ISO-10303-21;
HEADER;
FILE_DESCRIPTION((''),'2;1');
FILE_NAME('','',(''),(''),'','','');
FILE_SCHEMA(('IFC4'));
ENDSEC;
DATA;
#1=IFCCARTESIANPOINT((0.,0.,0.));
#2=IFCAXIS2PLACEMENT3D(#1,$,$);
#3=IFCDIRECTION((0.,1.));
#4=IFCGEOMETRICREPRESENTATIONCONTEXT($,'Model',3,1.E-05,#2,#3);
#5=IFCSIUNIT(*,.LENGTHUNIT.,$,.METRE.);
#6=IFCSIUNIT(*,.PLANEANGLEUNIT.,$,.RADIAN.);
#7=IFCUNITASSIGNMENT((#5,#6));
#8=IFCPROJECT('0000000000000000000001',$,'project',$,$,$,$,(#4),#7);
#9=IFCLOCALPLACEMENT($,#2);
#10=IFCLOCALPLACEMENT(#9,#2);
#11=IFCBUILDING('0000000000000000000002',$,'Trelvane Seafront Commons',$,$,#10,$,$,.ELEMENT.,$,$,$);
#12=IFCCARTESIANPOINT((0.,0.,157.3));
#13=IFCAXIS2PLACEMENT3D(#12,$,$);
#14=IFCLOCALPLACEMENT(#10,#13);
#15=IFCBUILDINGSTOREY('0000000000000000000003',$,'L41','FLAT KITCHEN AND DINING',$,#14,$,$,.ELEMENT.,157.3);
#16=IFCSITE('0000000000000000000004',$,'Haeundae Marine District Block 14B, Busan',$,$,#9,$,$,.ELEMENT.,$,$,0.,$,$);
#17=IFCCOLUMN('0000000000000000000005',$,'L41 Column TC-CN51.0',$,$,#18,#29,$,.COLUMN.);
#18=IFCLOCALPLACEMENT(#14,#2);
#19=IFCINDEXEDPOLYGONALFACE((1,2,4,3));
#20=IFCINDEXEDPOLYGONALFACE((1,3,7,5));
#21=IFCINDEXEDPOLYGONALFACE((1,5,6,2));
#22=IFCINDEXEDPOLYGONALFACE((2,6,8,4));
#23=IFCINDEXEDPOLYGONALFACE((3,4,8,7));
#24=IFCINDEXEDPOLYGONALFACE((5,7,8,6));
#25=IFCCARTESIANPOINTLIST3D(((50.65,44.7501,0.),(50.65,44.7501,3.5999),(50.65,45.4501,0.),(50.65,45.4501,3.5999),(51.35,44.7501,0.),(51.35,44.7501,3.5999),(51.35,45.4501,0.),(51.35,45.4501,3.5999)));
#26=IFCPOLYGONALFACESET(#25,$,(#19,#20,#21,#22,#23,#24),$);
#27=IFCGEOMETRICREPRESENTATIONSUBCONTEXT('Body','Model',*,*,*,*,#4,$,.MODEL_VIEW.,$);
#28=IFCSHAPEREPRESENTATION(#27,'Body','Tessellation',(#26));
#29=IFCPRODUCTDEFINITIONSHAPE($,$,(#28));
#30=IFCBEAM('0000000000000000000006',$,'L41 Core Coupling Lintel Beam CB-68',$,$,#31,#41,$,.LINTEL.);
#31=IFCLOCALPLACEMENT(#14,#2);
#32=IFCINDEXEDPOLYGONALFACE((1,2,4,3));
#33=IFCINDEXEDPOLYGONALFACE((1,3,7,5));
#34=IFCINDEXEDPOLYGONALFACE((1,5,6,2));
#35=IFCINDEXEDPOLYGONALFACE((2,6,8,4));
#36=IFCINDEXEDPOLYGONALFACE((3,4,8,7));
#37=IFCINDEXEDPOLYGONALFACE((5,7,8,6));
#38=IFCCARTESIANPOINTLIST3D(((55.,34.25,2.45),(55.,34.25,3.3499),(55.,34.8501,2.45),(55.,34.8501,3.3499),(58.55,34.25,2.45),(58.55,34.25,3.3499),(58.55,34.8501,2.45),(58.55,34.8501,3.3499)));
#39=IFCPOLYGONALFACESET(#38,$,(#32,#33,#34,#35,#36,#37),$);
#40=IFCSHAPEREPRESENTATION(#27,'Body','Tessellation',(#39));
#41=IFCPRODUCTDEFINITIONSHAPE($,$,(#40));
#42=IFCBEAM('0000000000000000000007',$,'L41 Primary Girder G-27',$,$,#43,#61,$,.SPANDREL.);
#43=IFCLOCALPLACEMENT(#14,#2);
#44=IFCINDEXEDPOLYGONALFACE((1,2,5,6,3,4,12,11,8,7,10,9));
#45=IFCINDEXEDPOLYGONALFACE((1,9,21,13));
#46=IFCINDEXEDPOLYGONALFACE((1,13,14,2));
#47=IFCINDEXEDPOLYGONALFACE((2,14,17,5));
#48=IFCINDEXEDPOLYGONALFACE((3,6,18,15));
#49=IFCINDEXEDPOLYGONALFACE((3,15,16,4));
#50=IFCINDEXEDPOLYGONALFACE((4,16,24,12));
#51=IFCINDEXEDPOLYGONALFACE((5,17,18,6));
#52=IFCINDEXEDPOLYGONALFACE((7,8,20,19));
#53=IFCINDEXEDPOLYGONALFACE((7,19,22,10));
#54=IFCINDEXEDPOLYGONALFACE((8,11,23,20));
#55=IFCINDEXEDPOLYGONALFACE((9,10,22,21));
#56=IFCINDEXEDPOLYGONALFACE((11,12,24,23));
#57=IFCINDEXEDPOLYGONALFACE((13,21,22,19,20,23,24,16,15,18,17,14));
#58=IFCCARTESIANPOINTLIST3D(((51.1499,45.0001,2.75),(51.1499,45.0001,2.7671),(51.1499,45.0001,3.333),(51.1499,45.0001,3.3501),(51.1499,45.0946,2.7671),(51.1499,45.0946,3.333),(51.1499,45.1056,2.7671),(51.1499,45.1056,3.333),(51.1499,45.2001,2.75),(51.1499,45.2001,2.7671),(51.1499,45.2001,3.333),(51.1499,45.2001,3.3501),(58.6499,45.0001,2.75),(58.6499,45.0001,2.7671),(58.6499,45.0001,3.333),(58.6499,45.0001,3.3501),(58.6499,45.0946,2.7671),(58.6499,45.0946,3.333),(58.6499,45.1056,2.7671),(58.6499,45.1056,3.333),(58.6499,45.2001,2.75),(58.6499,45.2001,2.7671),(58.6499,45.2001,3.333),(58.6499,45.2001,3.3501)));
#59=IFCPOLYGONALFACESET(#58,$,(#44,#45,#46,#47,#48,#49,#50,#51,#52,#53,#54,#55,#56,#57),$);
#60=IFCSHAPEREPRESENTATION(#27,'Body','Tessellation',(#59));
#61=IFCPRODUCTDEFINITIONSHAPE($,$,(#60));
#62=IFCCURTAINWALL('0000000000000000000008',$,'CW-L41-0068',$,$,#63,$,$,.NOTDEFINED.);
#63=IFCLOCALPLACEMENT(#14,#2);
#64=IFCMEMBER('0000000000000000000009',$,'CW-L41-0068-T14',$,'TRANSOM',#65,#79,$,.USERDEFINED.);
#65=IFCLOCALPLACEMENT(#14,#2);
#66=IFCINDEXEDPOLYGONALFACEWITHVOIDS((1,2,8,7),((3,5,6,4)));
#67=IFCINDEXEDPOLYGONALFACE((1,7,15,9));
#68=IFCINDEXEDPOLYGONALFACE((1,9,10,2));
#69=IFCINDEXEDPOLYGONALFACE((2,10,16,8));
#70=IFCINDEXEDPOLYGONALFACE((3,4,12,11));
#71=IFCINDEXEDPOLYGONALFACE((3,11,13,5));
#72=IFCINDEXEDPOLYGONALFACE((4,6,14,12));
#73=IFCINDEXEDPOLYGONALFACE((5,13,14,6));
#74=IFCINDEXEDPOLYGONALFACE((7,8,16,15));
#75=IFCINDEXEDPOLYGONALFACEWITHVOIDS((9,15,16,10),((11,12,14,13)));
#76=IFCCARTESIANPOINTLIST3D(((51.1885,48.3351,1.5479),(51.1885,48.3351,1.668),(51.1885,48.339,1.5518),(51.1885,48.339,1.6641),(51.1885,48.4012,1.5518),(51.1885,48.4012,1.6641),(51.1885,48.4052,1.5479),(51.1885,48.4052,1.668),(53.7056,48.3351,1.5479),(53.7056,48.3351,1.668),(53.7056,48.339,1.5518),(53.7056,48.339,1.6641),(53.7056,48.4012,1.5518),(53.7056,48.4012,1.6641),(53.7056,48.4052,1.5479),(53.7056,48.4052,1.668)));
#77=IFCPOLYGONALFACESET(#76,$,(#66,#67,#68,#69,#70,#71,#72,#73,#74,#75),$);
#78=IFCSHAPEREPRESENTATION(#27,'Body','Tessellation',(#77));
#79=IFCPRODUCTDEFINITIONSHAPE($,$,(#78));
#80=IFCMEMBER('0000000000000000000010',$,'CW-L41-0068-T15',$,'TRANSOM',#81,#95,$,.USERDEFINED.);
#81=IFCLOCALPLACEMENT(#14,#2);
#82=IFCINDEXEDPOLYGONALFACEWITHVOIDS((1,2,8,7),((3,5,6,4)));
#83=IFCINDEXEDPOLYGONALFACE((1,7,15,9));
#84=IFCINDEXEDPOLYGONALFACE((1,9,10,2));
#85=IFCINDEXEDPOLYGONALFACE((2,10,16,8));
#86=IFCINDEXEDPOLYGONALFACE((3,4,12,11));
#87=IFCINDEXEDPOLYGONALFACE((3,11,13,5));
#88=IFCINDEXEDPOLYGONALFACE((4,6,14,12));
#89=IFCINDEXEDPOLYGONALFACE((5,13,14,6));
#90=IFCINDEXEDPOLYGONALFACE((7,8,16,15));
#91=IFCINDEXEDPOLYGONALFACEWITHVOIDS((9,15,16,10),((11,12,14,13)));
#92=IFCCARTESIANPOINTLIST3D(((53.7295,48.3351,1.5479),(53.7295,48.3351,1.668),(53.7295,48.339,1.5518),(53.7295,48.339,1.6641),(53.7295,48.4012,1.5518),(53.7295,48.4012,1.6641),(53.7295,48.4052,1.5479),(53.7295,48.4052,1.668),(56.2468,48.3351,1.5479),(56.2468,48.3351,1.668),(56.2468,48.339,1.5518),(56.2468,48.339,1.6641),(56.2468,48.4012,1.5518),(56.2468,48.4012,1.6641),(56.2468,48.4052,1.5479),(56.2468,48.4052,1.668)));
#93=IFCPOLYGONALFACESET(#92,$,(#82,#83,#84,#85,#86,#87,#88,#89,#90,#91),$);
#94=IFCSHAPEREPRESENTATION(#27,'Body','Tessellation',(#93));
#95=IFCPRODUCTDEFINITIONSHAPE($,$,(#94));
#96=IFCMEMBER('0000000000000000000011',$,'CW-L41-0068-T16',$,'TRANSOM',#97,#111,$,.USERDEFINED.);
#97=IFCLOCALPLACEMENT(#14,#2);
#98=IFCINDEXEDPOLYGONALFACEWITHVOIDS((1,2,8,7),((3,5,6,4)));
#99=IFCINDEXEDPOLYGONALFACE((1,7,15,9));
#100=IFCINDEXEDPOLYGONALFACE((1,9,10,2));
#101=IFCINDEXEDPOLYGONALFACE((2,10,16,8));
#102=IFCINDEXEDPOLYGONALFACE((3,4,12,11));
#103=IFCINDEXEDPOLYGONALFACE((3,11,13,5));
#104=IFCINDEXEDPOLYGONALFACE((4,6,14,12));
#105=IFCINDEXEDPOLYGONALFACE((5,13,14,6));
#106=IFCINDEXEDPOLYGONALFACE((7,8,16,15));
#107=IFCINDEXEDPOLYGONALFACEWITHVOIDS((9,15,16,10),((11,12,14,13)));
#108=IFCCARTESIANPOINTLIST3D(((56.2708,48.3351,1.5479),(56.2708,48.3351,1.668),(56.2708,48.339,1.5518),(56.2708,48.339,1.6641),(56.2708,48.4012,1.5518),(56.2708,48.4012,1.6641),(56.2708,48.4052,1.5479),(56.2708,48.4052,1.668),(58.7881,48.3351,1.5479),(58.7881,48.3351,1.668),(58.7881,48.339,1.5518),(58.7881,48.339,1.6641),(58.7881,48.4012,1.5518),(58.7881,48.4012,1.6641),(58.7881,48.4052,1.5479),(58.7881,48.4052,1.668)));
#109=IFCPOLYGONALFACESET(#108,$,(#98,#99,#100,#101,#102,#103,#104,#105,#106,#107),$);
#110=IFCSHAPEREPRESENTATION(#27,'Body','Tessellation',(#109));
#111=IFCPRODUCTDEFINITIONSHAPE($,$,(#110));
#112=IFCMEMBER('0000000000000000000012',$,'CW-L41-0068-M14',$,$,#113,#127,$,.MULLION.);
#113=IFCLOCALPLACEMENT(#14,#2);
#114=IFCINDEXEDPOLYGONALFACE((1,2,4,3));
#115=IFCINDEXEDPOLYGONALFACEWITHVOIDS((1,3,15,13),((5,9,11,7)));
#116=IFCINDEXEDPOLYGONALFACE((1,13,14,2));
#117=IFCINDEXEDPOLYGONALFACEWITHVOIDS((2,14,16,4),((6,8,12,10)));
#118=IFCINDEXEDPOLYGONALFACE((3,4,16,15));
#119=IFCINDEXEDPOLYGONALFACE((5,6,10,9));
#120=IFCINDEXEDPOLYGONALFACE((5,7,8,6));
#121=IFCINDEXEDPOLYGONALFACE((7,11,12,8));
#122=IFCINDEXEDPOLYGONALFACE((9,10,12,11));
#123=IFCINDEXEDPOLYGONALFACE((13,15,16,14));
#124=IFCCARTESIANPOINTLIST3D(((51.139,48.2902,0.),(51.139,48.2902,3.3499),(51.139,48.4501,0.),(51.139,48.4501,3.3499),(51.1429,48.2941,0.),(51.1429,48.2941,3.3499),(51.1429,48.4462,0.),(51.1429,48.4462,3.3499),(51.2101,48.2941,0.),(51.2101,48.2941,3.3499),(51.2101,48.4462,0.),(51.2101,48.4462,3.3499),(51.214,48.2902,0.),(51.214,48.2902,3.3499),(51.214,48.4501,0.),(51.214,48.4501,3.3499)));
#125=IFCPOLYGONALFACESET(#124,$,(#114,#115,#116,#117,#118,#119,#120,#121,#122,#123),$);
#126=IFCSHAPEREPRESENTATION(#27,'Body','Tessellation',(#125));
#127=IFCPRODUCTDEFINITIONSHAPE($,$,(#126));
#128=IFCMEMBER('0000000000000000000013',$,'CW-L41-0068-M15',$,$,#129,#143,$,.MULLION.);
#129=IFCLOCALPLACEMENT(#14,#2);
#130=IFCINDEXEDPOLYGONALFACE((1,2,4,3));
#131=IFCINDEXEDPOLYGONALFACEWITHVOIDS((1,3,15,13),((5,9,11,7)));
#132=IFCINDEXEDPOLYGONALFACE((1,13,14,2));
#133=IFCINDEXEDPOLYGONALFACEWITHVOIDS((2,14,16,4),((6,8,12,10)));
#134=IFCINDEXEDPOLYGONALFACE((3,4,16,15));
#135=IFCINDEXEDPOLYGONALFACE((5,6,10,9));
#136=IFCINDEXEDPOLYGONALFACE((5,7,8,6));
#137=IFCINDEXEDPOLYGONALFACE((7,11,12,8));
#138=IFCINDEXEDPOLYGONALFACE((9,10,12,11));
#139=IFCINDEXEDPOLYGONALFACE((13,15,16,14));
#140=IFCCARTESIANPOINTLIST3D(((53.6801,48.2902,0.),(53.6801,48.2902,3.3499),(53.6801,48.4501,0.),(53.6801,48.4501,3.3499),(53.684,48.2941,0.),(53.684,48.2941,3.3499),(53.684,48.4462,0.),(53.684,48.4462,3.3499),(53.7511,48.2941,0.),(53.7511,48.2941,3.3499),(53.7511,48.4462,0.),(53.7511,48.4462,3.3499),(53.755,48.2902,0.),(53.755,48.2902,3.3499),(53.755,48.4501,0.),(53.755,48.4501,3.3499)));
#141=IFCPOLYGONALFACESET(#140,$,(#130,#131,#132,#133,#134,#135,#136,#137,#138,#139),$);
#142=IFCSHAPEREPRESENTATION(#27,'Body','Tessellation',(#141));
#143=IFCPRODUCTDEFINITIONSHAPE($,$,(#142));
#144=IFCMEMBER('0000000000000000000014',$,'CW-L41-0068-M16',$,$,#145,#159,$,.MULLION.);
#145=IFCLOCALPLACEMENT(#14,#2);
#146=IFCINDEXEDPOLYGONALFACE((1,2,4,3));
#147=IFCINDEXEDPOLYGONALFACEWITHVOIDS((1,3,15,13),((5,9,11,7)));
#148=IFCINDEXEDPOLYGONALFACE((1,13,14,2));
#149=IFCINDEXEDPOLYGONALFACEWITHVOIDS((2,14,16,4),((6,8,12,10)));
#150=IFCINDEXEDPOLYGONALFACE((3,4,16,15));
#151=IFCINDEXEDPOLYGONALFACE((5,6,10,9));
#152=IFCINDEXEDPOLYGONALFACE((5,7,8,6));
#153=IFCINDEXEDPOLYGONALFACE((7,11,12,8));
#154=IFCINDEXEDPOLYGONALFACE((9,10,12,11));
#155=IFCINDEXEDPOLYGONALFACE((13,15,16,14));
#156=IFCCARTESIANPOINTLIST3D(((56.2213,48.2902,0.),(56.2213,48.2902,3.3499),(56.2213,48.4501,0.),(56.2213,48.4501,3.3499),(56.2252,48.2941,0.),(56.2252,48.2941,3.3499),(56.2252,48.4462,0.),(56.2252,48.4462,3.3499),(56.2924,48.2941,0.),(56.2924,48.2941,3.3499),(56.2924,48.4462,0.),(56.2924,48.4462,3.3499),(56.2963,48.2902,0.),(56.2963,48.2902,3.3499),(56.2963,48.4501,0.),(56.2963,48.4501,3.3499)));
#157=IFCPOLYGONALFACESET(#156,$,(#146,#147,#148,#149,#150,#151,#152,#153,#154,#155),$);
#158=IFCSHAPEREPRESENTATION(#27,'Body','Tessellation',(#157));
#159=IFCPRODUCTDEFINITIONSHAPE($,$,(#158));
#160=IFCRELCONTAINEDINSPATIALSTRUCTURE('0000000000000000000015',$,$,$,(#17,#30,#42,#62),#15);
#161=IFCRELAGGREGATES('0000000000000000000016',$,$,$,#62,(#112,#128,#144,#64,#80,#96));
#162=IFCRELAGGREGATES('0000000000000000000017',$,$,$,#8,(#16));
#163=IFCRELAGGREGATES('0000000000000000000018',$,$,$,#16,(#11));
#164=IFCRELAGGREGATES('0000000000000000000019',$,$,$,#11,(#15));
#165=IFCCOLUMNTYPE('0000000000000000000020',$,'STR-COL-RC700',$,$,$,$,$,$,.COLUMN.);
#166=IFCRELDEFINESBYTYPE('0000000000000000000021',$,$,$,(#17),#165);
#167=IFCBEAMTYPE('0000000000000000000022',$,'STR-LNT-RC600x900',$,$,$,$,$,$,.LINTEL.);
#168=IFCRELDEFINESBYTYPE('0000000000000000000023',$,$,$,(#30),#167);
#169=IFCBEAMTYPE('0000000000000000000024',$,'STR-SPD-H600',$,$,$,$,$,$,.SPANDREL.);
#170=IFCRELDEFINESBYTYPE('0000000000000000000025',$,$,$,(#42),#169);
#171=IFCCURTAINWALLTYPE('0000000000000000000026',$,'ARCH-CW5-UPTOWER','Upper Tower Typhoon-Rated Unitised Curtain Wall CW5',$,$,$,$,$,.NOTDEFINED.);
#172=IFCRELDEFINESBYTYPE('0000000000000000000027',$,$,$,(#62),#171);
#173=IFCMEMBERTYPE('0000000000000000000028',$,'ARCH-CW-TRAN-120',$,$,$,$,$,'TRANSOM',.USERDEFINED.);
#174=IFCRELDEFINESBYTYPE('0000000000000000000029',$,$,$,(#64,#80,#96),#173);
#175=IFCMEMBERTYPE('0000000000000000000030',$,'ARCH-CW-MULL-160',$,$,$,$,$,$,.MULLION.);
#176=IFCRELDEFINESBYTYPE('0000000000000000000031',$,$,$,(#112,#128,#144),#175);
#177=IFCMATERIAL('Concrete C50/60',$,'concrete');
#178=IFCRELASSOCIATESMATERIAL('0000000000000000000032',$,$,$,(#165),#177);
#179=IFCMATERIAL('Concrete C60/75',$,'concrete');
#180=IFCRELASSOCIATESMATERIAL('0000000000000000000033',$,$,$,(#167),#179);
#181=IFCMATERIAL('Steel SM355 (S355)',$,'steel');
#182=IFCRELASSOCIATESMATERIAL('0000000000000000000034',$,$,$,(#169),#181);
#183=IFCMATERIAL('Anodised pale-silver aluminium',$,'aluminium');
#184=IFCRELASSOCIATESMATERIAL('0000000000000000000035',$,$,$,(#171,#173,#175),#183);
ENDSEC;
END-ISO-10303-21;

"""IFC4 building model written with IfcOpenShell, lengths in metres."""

from ifc_helpers import new_model, si_unit, direction, frame, origin, origin_2d, place, context, subcontext, project, spatial, rectangle, hollow_rectangle, i_section, extrude, source, transform, mapped, material, material_profile, profile_set, type_object, element, aggregate, save


model = new_model("IFC4")

# Units and contexts
model_context = context("Model", 3, precision=1e-05, world=origin(), true_north=direction((0.0, 1.0)))
body_context = subcontext(model_context, "Body", "Model", "MODEL_VIEW")
ifc_project = project(units=[si_unit("LENGTHUNIT", "METRE"), si_unit("PLANEANGLEUNIT", "RADIAN")], contexts=[model_context])

# Site, building, storey
site_placement = place(None, origin())
site = spatial("IfcSite", under=ifc_project, at=site_placement, Name="Haeundae Marine District Block 14B, Busan", CompositionType="ELEMENT", RefElevation=0.0)
building_placement = place(site_placement, origin())
building = spatial("IfcBuilding", under=site, at=building_placement, Name="Trelvane Seafront Commons", CompositionType="ELEMENT")
storey_placement = place(building_placement, frame((0.0, 0.0, 157.3)))
storey = spatial("IfcBuildingStorey", under=building, at=storey_placement, Name="L41", Description="FLAT KITCHEN AND DINING", CompositionType="ELEMENT", Elevation=157.3)

# Column
ifc_material_1 = material(Name="Concrete C50/60", Category="concrete")
ifc_material_profile_1 = material_profile(ifc_material_1, rectangle(XDim=0.7, YDim=0.7, at=origin_2d()), Name="RC-700x700")
ifc_profile_set_1 = profile_set([ifc_material_profile_1], Name="Concrete C50/60")
column_type = type_object("IfcColumnType", Name="STR-COL-RC700", PredefinedType="COLUMN", material=ifc_profile_set_1)
shared_shape_1 = source(origin(), body_context, "Body", "SweptSolid", [
    extrude(rectangle(XDim=0.7, YDim=0.7, at=origin_2d()), origin(), (0.0, 0.0, 1.0), 3.5999),
])
column_placement = place(storey_placement, frame((51.0, 45.1001, 0.0), z_axis=(0.0, 0.0, 1.0), x_axis=(1.0, 0.0, 0.0)))
element("IfcColumn", 1, at=column_placement, inside=storey, type_object=column_type, Name="L41 Column TC-CN51.0", PredefinedType="COLUMN", context=body_context, shape_type="MappedRepresentation", body=[
    mapped(shared_shape_1, transform((0.0, 0.0, 0.0), x_axis=(1.0, 0.0, 0.0), y_axis=(0.0, 1.0, 0.0), z_axis=(0.0, 0.0, 1.0), scale=1.0)),
])

# Beams
ifc_material_2 = material(Name="Concrete C60/75", Category="concrete")
ifc_material_profile_2 = material_profile(ifc_material_2, rectangle(XDim=0.6001, YDim=0.8999, at=origin_2d()), Name="RC-600x900")
ifc_profile_set_2 = profile_set([ifc_material_profile_2], Name="Concrete C60/75")
beam_type_1 = type_object("IfcBeamType", Name="STR-LNT-RC600x900", PredefinedType="LINTEL", material=ifc_profile_set_2)
shared_shape_2 = source(origin(), body_context, "Body", "SweptSolid", [
    extrude(rectangle(XDim=0.6001, YDim=0.8999, at=origin_2d()), origin(), (0.0, 0.0, 1.0), 3.55),
])
beam_1_placement = place(storey_placement, frame((55.0, 34.55, 2.8999), z_axis=(1.0, 0.0, 0.0), x_axis=(0.0, 1.0, 0.0)))
element("IfcBeam", 2, at=beam_1_placement, inside=storey, type_object=beam_type_1, Name="L41 Core Coupling Lintel Beam CB-68", PredefinedType="LINTEL", context=body_context, shape_type="MappedRepresentation", body=[
    mapped(shared_shape_2, transform((0.0, 0.0, 0.0), x_axis=(1.0, 0.0, 0.0), y_axis=(0.0, 1.0, 0.0), z_axis=(0.0, 0.0, 1.0), scale=1.0)),
])
ifc_material_3 = material(Name="Steel SM355 (S355)", Category="steel")
ifc_material_profile_3 = material_profile(ifc_material_3, i_section(OverallWidth=0.2, OverallDepth=0.6001, WebThickness=0.011, FlangeThickness=0.0171, at=origin_2d()), Name="H-600x200x11x17")
ifc_profile_set_3 = profile_set([ifc_material_profile_3], Name="Steel SM355 (S355)")
beam_type_2 = type_object("IfcBeamType", Name="STR-SPD-H600", PredefinedType="SPANDREL", material=ifc_profile_set_3)
shared_shape_3 = source(origin(), body_context, "Body", "SweptSolid", [
    extrude(i_section(OverallWidth=0.2, OverallDepth=0.6001, WebThickness=0.011, FlangeThickness=0.0171, at=origin_2d()), origin(), (0.0, 0.0, 1.0), 7.5),
])
beam_2_placement = place(storey_placement, frame((51.1499, 45.1001, 3.05), z_axis=(1.0, 0.0, 0.0), x_axis=(0.0, 1.0, 0.0)))
element("IfcBeam", 3, at=beam_2_placement, inside=storey, type_object=beam_type_2, Name="L41 Primary Girder G-27", PredefinedType="SPANDREL", context=body_context, shape_type="MappedRepresentation", body=[
    mapped(shared_shape_3, transform((0.0, 0.0, 0.0), x_axis=(1.0, 0.0, 0.0), y_axis=(0.0, 1.0, 0.0), z_axis=(0.0, 0.0, 1.0), scale=1.0)),
])

# Curtain wall, members
ifc_material_4 = material(Name="Anodised pale-silver aluminium", Category="aluminium")
curtain_wall_type = type_object("IfcCurtainWallType", Name="ARCH-CW5-UPTOWER", Description="Upper Tower Typhoon-Rated Unitised Curtain Wall CW5", PredefinedType="NOTDEFINED", material=ifc_material_4)
curtain_wall_placement = place(storey_placement, origin())
curtain_wall = element("IfcCurtainWall", 4, at=curtain_wall_placement, inside=storey, type_object=curtain_wall_type, Name="CW-L41-0068", PredefinedType="NOTDEFINED")
ifc_material_profile_4 = material_profile(ifc_material_4, hollow_rectangle(XDim=0.0701, YDim=0.1201, WallThickness=0.0039, at=origin_2d()), Name="TRAN-70x120x4")
ifc_profile_set_4 = profile_set([ifc_material_profile_4], Name="Anodised pale-silver aluminium")
member_type_1 = type_object("IfcMemberType", Name="ARCH-CW-TRAN-120", ElementType="TRANSOM", PredefinedType="USERDEFINED", material=ifc_profile_set_4)
shared_shape_4 = source(origin(), body_context, "Body", "SweptSolid", [
    extrude(hollow_rectangle(XDim=0.0701, YDim=0.1201, WallThickness=0.0039, at=origin_2d()), origin(), (0.0, 0.0, 1.0), 2.5171),
])
member_1_placement = place(storey_placement, frame((51.1885, 48.3701, 1.6079), z_axis=(1.0, 0.0, 0.0), x_axis=(0.0, 1.0, 0.0)))
member_1 = element("IfcMember", 5, at=member_1_placement, type_object=member_type_1, Name="CW-L41-0068-T14", ObjectType="TRANSOM", PredefinedType="USERDEFINED", context=body_context, shape_type="MappedRepresentation", body=[
    mapped(shared_shape_4, transform((0.0, 0.0, 0.0), x_axis=(1.0, 0.0, 0.0), y_axis=(0.0, 1.0, 0.0), z_axis=(0.0, 0.0, 1.0), scale=1.0)),
])
shared_shape_5 = source(origin(), body_context, "Body", "SweptSolid", [
    extrude(hollow_rectangle(XDim=0.0701, YDim=0.1201, WallThickness=0.0039, at=origin_2d()), origin(), (0.0, 0.0, 1.0), 2.5173),
])
member_2_placement = place(storey_placement, frame((53.7295, 48.3701, 1.6079), z_axis=(1.0, 0.0, 0.0), x_axis=(0.0, 1.0, 0.0)))
member_2 = element("IfcMember", 6, at=member_2_placement, type_object=member_type_1, Name="CW-L41-0068-T15", ObjectType="TRANSOM", PredefinedType="USERDEFINED", context=body_context, shape_type="MappedRepresentation", body=[
    mapped(shared_shape_5, transform((0.0, 0.0, 0.0), x_axis=(1.0, 0.0, 0.0), y_axis=(0.0, 1.0, 0.0), z_axis=(0.0, 0.0, 1.0), scale=1.0)),
])
member_3_placement = place(storey_placement, frame((56.2708, 48.3701, 1.6079), z_axis=(1.0, 0.0, 0.0), x_axis=(0.0, 1.0, 0.0)))
member_3 = element("IfcMember", 7, at=member_3_placement, type_object=member_type_1, Name="CW-L41-0068-T16", ObjectType="TRANSOM", PredefinedType="USERDEFINED", context=body_context, shape_type="MappedRepresentation", body=[
    mapped(shared_shape_5, transform((0.0, 0.0, 0.0), x_axis=(1.0, 0.0, 0.0), y_axis=(0.0, 1.0, 0.0), z_axis=(0.0, 0.0, 1.0), scale=1.0)),
])
ifc_material_profile_5 = material_profile(ifc_material_4, hollow_rectangle(XDim=0.075, YDim=0.1599, WallThickness=0.0039, at=origin_2d()), Name="MULL-75x160x4")
ifc_profile_set_5 = profile_set([ifc_material_profile_5], Name="Anodised pale-silver aluminium")
member_type_2 = type_object("IfcMemberType", Name="ARCH-CW-MULL-160", PredefinedType="MULLION", material=ifc_profile_set_5)
shared_shape_6 = source(origin(), body_context, "Body", "SweptSolid", [
    extrude(hollow_rectangle(XDim=0.075, YDim=0.1599, WallThickness=0.0039, at=origin_2d()), origin(), (0.0, 0.0, 1.0), 3.3499),
])
member_4_placement = place(storey_placement, frame((51.1765, 48.3701, 0.0), z_axis=(0.0, 0.0, 1.0), x_axis=(1.0, 0.0, 0.0)))
member_4 = element("IfcMember", 8, at=member_4_placement, type_object=member_type_2, Name="CW-L41-0068-M14", PredefinedType="MULLION", context=body_context, shape_type="MappedRepresentation", body=[
    mapped(shared_shape_6, transform((0.0, 0.0, 0.0), x_axis=(1.0, 0.0, 0.0), y_axis=(0.0, 1.0, 0.0), z_axis=(0.0, 0.0, 1.0), scale=1.0)),
])
member_5_placement = place(storey_placement, frame((53.7175, 48.3701, 0.0), z_axis=(0.0, 0.0, 1.0), x_axis=(1.0, 0.0, 0.0)))
member_5 = element("IfcMember", 9, at=member_5_placement, type_object=member_type_2, Name="CW-L41-0068-M15", PredefinedType="MULLION", context=body_context, shape_type="MappedRepresentation", body=[
    mapped(shared_shape_6, transform((0.0, 0.0, 0.0), x_axis=(1.0, 0.0, 0.0), y_axis=(0.0, 1.0, 0.0), z_axis=(0.0, 0.0, 1.0), scale=1.0)),
])
member_6_placement = place(storey_placement, frame((56.2588, 48.3701, 0.0), z_axis=(0.0, 0.0, 1.0), x_axis=(1.0, 0.0, 0.0)))
member_6 = element("IfcMember", 10, at=member_6_placement, type_object=member_type_2, Name="CW-L41-0068-M16", PredefinedType="MULLION", context=body_context, shape_type="MappedRepresentation", body=[
    mapped(shared_shape_6, transform((0.0, 0.0, 0.0), x_axis=(1.0, 0.0, 0.0), y_axis=(0.0, 1.0, 0.0), z_axis=(0.0, 0.0, 1.0), scale=1.0)),
])

aggregate(curtain_wall, [member_4, member_5, member_6, member_1, member_2, member_3])

save(model, "model.ifc")
